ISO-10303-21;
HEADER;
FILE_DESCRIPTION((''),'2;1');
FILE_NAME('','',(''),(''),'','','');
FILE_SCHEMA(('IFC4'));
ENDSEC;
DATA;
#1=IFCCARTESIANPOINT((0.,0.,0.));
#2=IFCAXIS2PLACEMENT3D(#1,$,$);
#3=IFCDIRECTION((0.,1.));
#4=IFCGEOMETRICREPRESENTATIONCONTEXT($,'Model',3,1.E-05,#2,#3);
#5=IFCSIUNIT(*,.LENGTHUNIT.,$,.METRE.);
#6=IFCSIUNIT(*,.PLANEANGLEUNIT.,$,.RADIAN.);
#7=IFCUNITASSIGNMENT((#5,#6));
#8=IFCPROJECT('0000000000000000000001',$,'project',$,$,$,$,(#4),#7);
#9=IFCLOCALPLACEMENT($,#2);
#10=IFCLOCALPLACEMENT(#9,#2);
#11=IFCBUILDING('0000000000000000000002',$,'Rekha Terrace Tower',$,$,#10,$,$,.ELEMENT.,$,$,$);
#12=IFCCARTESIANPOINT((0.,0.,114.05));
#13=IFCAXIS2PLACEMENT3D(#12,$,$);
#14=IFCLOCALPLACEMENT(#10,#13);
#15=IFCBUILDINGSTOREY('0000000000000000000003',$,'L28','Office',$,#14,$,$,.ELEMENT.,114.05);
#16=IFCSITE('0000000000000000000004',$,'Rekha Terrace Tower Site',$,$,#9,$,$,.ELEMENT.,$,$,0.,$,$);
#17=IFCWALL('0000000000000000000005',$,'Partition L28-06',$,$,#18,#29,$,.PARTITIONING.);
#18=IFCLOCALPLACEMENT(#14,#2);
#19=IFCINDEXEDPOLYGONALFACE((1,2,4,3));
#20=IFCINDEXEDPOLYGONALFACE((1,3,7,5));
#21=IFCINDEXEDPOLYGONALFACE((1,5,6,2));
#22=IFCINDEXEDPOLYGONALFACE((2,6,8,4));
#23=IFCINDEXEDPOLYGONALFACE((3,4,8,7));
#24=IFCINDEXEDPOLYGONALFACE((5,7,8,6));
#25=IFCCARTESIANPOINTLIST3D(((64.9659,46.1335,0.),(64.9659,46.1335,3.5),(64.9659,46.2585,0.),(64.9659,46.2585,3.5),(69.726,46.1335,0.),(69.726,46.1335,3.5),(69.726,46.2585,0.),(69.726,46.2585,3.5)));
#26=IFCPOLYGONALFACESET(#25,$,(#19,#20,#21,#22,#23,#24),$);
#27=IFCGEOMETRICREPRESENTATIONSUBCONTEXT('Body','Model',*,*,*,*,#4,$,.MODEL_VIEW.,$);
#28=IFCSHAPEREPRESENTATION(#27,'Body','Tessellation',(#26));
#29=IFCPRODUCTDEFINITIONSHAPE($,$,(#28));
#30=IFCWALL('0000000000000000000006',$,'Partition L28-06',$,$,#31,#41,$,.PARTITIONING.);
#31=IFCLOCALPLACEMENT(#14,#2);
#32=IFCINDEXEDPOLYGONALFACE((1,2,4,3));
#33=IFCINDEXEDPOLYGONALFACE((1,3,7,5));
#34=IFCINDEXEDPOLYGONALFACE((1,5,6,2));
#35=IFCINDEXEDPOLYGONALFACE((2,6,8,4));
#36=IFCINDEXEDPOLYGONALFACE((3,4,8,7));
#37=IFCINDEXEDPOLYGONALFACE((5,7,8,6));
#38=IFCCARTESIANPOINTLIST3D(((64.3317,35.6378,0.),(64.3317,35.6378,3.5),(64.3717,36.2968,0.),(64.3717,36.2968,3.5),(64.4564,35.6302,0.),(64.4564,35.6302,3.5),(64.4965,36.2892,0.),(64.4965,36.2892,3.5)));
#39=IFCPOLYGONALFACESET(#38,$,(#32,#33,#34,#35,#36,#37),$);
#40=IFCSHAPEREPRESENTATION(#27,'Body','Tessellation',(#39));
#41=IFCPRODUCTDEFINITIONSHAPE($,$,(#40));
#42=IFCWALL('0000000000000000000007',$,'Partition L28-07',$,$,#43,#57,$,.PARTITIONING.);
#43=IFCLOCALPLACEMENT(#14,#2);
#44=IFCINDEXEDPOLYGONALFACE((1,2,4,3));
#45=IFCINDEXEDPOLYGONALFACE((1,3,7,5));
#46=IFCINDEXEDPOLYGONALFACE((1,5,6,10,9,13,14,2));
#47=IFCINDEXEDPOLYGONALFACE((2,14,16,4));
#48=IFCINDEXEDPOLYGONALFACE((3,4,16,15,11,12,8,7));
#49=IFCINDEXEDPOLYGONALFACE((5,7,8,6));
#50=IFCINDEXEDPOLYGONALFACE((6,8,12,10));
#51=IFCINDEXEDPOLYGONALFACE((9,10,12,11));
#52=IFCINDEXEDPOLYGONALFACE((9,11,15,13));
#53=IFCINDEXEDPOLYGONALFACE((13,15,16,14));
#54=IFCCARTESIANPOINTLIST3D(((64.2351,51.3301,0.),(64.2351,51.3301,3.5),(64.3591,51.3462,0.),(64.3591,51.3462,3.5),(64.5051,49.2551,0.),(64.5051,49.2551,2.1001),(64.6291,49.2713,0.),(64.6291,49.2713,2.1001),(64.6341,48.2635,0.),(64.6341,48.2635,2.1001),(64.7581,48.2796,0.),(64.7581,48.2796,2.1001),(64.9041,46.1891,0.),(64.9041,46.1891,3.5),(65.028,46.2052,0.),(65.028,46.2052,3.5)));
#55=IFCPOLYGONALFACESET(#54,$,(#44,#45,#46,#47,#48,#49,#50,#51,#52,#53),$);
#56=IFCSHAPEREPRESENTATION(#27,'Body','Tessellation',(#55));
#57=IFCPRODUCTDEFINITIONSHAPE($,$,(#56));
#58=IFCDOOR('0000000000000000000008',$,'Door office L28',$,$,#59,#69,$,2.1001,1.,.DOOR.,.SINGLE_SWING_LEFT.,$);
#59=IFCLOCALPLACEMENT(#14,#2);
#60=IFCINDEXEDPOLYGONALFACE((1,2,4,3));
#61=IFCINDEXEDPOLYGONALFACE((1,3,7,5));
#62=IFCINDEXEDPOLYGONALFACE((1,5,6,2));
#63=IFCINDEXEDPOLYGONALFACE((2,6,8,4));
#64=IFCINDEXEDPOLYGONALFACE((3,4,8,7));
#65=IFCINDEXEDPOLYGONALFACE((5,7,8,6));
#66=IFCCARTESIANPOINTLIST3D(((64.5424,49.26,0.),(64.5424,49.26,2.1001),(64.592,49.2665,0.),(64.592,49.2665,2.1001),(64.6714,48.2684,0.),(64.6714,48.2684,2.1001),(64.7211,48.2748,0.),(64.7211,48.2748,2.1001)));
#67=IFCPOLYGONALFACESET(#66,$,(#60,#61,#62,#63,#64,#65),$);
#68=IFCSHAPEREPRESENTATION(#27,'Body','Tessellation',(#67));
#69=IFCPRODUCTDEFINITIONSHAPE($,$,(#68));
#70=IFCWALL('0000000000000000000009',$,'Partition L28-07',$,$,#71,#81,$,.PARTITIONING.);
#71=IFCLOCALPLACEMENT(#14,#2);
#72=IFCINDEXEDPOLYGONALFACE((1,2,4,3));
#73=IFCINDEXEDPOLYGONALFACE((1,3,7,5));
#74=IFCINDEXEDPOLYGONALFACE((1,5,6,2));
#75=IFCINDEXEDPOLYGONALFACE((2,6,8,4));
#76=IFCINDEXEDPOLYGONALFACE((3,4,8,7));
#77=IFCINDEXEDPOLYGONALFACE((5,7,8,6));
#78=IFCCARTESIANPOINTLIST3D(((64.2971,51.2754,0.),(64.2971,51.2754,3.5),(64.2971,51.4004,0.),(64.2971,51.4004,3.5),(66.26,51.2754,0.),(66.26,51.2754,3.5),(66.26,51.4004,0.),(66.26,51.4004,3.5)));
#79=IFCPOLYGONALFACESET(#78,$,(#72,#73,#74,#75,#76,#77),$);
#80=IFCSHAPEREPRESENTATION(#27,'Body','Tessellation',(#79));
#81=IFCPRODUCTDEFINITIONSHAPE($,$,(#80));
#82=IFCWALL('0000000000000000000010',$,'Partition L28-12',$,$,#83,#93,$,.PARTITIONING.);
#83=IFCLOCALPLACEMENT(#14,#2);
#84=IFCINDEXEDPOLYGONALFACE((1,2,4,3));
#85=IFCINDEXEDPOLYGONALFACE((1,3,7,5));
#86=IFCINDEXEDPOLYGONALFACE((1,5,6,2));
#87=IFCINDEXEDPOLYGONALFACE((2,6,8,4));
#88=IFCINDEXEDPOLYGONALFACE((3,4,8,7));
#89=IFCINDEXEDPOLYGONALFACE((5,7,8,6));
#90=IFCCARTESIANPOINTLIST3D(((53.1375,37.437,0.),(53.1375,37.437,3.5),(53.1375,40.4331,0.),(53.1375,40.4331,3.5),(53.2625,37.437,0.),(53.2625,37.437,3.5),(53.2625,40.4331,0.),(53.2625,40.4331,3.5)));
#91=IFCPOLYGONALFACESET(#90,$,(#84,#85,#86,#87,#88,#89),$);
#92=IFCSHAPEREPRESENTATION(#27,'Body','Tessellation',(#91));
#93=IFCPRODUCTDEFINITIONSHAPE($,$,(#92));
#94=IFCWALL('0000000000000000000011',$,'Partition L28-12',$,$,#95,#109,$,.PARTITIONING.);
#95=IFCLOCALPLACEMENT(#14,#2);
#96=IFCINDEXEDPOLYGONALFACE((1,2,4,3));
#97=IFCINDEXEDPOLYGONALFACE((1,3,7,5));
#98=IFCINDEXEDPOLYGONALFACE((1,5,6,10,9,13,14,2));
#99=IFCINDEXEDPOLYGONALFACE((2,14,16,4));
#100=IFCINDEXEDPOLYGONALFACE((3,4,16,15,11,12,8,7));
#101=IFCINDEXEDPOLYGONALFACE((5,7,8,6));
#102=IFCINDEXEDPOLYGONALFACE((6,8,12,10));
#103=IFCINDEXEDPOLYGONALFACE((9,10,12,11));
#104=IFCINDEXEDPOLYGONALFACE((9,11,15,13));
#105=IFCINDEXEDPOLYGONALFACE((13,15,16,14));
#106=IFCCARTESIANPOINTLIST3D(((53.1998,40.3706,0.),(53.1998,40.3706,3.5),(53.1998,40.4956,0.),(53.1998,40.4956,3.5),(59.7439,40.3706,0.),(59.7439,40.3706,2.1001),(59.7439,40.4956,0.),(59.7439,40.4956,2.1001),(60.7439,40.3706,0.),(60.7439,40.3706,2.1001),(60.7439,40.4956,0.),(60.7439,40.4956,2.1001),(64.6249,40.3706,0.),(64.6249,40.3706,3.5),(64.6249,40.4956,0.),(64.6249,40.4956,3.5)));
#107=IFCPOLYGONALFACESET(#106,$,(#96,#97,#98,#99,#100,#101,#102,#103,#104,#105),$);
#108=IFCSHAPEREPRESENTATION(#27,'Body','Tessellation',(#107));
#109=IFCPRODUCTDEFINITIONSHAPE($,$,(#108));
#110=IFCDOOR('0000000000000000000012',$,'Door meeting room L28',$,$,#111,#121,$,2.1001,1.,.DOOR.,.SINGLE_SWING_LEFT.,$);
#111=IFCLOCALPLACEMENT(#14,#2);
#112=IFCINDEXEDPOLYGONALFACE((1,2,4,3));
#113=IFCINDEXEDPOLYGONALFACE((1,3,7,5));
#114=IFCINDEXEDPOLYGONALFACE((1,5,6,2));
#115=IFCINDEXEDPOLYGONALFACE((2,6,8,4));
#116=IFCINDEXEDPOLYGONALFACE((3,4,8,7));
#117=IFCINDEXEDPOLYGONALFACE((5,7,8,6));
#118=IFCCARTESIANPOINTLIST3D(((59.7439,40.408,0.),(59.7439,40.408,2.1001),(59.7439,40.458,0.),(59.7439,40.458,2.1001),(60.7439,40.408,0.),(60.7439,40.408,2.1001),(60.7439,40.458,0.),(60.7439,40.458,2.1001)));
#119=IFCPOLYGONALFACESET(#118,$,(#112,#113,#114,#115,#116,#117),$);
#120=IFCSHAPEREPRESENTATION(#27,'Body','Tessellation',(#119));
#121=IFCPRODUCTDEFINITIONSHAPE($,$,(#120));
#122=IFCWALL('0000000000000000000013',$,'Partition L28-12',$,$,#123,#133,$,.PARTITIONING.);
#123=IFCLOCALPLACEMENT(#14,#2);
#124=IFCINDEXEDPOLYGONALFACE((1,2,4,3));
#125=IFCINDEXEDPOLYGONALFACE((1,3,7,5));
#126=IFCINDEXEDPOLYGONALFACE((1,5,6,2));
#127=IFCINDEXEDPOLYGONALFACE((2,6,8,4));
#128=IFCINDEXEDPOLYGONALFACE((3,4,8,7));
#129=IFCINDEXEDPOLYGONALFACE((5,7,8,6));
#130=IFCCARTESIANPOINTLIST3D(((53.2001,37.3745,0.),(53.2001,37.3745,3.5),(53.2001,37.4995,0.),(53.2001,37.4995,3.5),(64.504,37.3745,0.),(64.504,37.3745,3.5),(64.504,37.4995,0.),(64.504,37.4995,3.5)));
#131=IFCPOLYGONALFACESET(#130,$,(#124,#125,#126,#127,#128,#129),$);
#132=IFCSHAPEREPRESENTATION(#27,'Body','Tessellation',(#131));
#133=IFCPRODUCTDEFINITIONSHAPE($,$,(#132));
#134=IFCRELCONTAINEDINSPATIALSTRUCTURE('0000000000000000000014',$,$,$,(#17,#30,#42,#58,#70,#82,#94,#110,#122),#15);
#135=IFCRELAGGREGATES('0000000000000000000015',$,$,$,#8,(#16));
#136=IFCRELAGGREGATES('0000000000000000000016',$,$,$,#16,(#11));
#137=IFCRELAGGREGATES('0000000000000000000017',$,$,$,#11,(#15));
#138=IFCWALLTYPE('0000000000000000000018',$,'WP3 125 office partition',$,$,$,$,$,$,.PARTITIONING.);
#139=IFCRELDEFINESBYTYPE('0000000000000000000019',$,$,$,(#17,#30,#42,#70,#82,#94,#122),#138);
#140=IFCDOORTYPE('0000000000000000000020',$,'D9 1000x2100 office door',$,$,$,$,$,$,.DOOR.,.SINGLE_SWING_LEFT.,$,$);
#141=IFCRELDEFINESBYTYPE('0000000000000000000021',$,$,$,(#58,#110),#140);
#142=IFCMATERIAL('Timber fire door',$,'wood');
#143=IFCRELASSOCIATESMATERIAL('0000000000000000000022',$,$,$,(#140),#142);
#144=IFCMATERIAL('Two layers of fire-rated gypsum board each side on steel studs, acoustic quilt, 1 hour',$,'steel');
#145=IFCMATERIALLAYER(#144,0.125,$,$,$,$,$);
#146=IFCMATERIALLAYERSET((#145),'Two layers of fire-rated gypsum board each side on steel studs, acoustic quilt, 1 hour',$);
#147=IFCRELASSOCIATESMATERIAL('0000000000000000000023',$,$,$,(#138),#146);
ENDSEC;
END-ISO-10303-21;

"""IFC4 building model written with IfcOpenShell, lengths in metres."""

from ifc_helpers import new_model, si_unit, direction, frame, frame_2d, origin, place, context, subcontext, project, spatial, rectangle, extrude, material, layer, layer_set, type_object, element, fill, save


model = new_model("IFC4")

# Units and contexts
model_context = context("Model", 3, precision=1e-05, world=origin(), true_north=direction((0.0, 1.0)))
body_context = subcontext(model_context, "Body", "Model", "MODEL_VIEW")
ifc_project = project(units=[si_unit("LENGTHUNIT", "METRE"), si_unit("PLANEANGLEUNIT", "RADIAN")], contexts=[model_context])

# Site, building, storey
site_placement = place(None, origin())
site = spatial("IfcSite", under=ifc_project, at=site_placement, Name="Rekha Terrace Tower Site", CompositionType="ELEMENT", RefElevation=0.0)
building_placement = place(site_placement, origin())
building = spatial("IfcBuilding", under=site, at=building_placement, Name="Rekha Terrace Tower", CompositionType="ELEMENT")
storey_placement = place(building_placement, frame((0.0, 0.0, 114.05)))
storey = spatial("IfcBuildingStorey", under=building, at=storey_placement, Name="L28", Description="Office", CompositionType="ELEMENT", Elevation=114.05)

# Shared definitions
ifc_material_1 = material(Name="Timber fire door", Category="wood")
door_type = type_object("IfcDoorType", Name="D9 1000x2100 office door", OperationType="SINGLE_SWING_LEFT", PredefinedType="DOOR", material=ifc_material_1)

# Shared definitions
ifc_material_2 = material(Name="Two layers of fire-rated gypsum board each side on steel studs, acoustic quilt, 1 hour", Category="steel")
ifc_layer_1 = layer(ifc_material_2, 0.125)
ifc_layer_set_1 = layer_set([ifc_layer_1], Name="Two layers of fire-rated gypsum board each side on steel studs, acoustic quilt, 1 hour")
wall_type_1 = type_object("IfcWallType", Name="WP3 125 office partition", PredefinedType="PARTITIONING", material=ifc_layer_set_1)

# Walls
wall_1_placement = place(storey_placement, frame((64.9661, 46.196, 0.0), z_axis=(0.0, 0.0, 1.0), x_axis=(1.0, 0.0, 0.0)))
element("IfcWall", 1, at=wall_1_placement, inside=storey, type_object=wall_type_1, Name="Partition L28-06", PredefinedType="PARTITIONING", context=body_context, shape_type="SweptSolid", body=[
    extrude(rectangle(XDim=4.76, YDim=0.125, at=frame_2d((2.3799, 0.0))), origin(), (0.0, 0.0, 1.0), 3.5),
])
wall_2_placement = place(storey_placement, frame((64.394, 35.634, 0.0), z_axis=(0.0, 0.0, 1.0), x_axis=(0.060651, 0.998159, 0.0)))
element("IfcWall", 2, at=wall_2_placement, inside=storey, type_object=wall_type_1, Name="Partition L28-06", PredefinedType="PARTITIONING", context=body_context, shape_type="SweptSolid", body=[
    extrude(rectangle(XDim=0.6602, YDim=0.125, at=frame_2d((0.3301, 0.0))), origin(), (0.0, 0.0, 1.0), 3.5),
])

# Wall, opening, door
wall_3_placement = place(storey_placement, frame((64.9661, 46.197, 0.0), z_axis=(0.0, 0.0, 1.0), x_axis=(-0.129035, 0.99164, 0.0)))
wall_3 = element("IfcWall", 3, at=wall_3_placement, inside=storey, type_object=wall_type_1, Name="Partition L28-07", PredefinedType="PARTITIONING", context=body_context, shape_type="SweptSolid", body=[
    extrude(rectangle(XDim=5.1843, YDim=0.125, at=frame_2d((2.5923, 0.0))), origin(), (0.0, 0.0, 1.0), 3.5),
])
opening_1_placement = place(wall_3_placement, frame((2.092, 0.0, 0.0)))
opening_1 = element("IfcOpeningElement", 4, at=opening_1_placement, cuts=wall_3, PredefinedType="OPENING", context=body_context, shape_type="SweptSolid", body=[
    extrude(rectangle(XDim=1.0, YDim=2.1001, at=frame_2d((0.5, 1.05))), frame((0.0, 0.0725, 0.0), z_axis=(0.0, -1.0, 0.0), x_axis=(1.0, 0.0, 0.0)), (0.0, 0.0, 1.0), 0.145),
])
door_1_placement = place(opening_1_placement, origin())
door_1 = element("IfcDoor", 5, at=door_1_placement, inside=storey, type_object=door_type, Name="Door office L28", OperationType="SINGLE_SWING_LEFT", OverallHeight=2.1001, OverallWidth=1.0, PredefinedType="DOOR", context=body_context, shape_type="SweptSolid", body=[
    extrude(rectangle(XDim=1.0, YDim=2.1001, at=frame_2d((0.5, 1.05))), frame((0.0, 0.0249, 0.0), z_axis=(0.0, -1.0, 0.0), x_axis=(1.0, 0.0, 0.0)), (0.0, 0.0, 1.0), 0.05),
])
fill(opening_1, door_1)

# Walls
wall_4_placement = place(storey_placement, frame((64.2971, 51.3379, 0.0), z_axis=(0.0, 0.0, 1.0), x_axis=(1.0, 0.0, 0.0)))
element("IfcWall", 6, at=wall_4_placement, inside=storey, type_object=wall_type_1, Name="Partition L28-07", PredefinedType="PARTITIONING", context=body_context, shape_type="SweptSolid", body=[
    extrude(rectangle(XDim=1.9629, YDim=0.125, at=frame_2d((0.9814, 0.0))), origin(), (0.0, 0.0, 1.0), 3.5),
])
wall_5_placement = place(storey_placement, frame((53.2, 37.437, 0.0), z_axis=(0.0, 0.0, 1.0), x_axis=(0.0, 1.0, 0.0)))
element("IfcWall", 7, at=wall_5_placement, inside=storey, type_object=wall_type_1, Name="Partition L28-12", PredefinedType="PARTITIONING", context=body_context, shape_type="SweptSolid", body=[
    extrude(rectangle(XDim=2.9961, YDim=0.125, at=frame_2d((1.498, 0.0))), origin(), (0.0, 0.0, 1.0), 3.5),
])

# Wall, opening, door
wall_6_placement = place(storey_placement, frame((53.2, 40.4331, 0.0), z_axis=(0.0, 0.0, 1.0), x_axis=(1.0, 0.0, 0.0)))
wall_6 = element("IfcWall", 8, at=wall_6_placement, inside=storey, type_object=wall_type_1, Name="Partition L28-12", PredefinedType="PARTITIONING", context=body_context, shape_type="SweptSolid", body=[
    extrude(rectangle(XDim=11.425, YDim=0.125, at=frame_2d((5.7124, 0.0))), origin(), (0.0, 0.0, 1.0), 3.5),
])
opening_2_placement = place(wall_6_placement, frame((6.5439, 0.0, 0.0)))
opening_2 = element("IfcOpeningElement", 9, at=opening_2_placement, cuts=wall_6, PredefinedType="OPENING", context=body_context, shape_type="SweptSolid", body=[
    extrude(rectangle(XDim=1.0, YDim=2.1001, at=frame_2d((0.5, 1.05))), frame((0.0, 0.0725, 0.0), z_axis=(0.0, -1.0, 0.0), x_axis=(1.0, 0.0, 0.0)), (0.0, 0.0, 1.0), 0.145),
])
door_2_placement = place(opening_2_placement, origin())
door_2 = element("IfcDoor", 10, at=door_2_placement, inside=storey, type_object=door_type, Name="Door meeting room L28", OperationType="SINGLE_SWING_LEFT", OverallHeight=2.1001, OverallWidth=1.0, PredefinedType="DOOR", context=body_context, shape_type="SweptSolid", body=[
    extrude(rectangle(XDim=1.0, YDim=2.1001, at=frame_2d((0.5, 1.05))), frame((0.0, 0.0249, 0.0), z_axis=(0.0, -1.0, 0.0), x_axis=(1.0, 0.0, 0.0)), (0.0, 0.0, 1.0), 0.05),
])
fill(opening_2, door_2)

# Wall
wall_7_placement = place(storey_placement, frame((64.5039, 37.437, 0.0), z_axis=(0.0, 0.0, 1.0), x_axis=(-1.0, 0.0, 0.0)))
element("IfcWall", 11, at=wall_7_placement, inside=storey, type_object=wall_type_1, Name="Partition L28-12", PredefinedType="PARTITIONING", context=body_context, shape_type="SweptSolid", body=[
    extrude(rectangle(XDim=11.304, YDim=0.125, at=frame_2d((5.6519, 0.0))), origin(), (0.0, 0.0, 1.0), 3.5),
])

save(model, "model.ifc")
